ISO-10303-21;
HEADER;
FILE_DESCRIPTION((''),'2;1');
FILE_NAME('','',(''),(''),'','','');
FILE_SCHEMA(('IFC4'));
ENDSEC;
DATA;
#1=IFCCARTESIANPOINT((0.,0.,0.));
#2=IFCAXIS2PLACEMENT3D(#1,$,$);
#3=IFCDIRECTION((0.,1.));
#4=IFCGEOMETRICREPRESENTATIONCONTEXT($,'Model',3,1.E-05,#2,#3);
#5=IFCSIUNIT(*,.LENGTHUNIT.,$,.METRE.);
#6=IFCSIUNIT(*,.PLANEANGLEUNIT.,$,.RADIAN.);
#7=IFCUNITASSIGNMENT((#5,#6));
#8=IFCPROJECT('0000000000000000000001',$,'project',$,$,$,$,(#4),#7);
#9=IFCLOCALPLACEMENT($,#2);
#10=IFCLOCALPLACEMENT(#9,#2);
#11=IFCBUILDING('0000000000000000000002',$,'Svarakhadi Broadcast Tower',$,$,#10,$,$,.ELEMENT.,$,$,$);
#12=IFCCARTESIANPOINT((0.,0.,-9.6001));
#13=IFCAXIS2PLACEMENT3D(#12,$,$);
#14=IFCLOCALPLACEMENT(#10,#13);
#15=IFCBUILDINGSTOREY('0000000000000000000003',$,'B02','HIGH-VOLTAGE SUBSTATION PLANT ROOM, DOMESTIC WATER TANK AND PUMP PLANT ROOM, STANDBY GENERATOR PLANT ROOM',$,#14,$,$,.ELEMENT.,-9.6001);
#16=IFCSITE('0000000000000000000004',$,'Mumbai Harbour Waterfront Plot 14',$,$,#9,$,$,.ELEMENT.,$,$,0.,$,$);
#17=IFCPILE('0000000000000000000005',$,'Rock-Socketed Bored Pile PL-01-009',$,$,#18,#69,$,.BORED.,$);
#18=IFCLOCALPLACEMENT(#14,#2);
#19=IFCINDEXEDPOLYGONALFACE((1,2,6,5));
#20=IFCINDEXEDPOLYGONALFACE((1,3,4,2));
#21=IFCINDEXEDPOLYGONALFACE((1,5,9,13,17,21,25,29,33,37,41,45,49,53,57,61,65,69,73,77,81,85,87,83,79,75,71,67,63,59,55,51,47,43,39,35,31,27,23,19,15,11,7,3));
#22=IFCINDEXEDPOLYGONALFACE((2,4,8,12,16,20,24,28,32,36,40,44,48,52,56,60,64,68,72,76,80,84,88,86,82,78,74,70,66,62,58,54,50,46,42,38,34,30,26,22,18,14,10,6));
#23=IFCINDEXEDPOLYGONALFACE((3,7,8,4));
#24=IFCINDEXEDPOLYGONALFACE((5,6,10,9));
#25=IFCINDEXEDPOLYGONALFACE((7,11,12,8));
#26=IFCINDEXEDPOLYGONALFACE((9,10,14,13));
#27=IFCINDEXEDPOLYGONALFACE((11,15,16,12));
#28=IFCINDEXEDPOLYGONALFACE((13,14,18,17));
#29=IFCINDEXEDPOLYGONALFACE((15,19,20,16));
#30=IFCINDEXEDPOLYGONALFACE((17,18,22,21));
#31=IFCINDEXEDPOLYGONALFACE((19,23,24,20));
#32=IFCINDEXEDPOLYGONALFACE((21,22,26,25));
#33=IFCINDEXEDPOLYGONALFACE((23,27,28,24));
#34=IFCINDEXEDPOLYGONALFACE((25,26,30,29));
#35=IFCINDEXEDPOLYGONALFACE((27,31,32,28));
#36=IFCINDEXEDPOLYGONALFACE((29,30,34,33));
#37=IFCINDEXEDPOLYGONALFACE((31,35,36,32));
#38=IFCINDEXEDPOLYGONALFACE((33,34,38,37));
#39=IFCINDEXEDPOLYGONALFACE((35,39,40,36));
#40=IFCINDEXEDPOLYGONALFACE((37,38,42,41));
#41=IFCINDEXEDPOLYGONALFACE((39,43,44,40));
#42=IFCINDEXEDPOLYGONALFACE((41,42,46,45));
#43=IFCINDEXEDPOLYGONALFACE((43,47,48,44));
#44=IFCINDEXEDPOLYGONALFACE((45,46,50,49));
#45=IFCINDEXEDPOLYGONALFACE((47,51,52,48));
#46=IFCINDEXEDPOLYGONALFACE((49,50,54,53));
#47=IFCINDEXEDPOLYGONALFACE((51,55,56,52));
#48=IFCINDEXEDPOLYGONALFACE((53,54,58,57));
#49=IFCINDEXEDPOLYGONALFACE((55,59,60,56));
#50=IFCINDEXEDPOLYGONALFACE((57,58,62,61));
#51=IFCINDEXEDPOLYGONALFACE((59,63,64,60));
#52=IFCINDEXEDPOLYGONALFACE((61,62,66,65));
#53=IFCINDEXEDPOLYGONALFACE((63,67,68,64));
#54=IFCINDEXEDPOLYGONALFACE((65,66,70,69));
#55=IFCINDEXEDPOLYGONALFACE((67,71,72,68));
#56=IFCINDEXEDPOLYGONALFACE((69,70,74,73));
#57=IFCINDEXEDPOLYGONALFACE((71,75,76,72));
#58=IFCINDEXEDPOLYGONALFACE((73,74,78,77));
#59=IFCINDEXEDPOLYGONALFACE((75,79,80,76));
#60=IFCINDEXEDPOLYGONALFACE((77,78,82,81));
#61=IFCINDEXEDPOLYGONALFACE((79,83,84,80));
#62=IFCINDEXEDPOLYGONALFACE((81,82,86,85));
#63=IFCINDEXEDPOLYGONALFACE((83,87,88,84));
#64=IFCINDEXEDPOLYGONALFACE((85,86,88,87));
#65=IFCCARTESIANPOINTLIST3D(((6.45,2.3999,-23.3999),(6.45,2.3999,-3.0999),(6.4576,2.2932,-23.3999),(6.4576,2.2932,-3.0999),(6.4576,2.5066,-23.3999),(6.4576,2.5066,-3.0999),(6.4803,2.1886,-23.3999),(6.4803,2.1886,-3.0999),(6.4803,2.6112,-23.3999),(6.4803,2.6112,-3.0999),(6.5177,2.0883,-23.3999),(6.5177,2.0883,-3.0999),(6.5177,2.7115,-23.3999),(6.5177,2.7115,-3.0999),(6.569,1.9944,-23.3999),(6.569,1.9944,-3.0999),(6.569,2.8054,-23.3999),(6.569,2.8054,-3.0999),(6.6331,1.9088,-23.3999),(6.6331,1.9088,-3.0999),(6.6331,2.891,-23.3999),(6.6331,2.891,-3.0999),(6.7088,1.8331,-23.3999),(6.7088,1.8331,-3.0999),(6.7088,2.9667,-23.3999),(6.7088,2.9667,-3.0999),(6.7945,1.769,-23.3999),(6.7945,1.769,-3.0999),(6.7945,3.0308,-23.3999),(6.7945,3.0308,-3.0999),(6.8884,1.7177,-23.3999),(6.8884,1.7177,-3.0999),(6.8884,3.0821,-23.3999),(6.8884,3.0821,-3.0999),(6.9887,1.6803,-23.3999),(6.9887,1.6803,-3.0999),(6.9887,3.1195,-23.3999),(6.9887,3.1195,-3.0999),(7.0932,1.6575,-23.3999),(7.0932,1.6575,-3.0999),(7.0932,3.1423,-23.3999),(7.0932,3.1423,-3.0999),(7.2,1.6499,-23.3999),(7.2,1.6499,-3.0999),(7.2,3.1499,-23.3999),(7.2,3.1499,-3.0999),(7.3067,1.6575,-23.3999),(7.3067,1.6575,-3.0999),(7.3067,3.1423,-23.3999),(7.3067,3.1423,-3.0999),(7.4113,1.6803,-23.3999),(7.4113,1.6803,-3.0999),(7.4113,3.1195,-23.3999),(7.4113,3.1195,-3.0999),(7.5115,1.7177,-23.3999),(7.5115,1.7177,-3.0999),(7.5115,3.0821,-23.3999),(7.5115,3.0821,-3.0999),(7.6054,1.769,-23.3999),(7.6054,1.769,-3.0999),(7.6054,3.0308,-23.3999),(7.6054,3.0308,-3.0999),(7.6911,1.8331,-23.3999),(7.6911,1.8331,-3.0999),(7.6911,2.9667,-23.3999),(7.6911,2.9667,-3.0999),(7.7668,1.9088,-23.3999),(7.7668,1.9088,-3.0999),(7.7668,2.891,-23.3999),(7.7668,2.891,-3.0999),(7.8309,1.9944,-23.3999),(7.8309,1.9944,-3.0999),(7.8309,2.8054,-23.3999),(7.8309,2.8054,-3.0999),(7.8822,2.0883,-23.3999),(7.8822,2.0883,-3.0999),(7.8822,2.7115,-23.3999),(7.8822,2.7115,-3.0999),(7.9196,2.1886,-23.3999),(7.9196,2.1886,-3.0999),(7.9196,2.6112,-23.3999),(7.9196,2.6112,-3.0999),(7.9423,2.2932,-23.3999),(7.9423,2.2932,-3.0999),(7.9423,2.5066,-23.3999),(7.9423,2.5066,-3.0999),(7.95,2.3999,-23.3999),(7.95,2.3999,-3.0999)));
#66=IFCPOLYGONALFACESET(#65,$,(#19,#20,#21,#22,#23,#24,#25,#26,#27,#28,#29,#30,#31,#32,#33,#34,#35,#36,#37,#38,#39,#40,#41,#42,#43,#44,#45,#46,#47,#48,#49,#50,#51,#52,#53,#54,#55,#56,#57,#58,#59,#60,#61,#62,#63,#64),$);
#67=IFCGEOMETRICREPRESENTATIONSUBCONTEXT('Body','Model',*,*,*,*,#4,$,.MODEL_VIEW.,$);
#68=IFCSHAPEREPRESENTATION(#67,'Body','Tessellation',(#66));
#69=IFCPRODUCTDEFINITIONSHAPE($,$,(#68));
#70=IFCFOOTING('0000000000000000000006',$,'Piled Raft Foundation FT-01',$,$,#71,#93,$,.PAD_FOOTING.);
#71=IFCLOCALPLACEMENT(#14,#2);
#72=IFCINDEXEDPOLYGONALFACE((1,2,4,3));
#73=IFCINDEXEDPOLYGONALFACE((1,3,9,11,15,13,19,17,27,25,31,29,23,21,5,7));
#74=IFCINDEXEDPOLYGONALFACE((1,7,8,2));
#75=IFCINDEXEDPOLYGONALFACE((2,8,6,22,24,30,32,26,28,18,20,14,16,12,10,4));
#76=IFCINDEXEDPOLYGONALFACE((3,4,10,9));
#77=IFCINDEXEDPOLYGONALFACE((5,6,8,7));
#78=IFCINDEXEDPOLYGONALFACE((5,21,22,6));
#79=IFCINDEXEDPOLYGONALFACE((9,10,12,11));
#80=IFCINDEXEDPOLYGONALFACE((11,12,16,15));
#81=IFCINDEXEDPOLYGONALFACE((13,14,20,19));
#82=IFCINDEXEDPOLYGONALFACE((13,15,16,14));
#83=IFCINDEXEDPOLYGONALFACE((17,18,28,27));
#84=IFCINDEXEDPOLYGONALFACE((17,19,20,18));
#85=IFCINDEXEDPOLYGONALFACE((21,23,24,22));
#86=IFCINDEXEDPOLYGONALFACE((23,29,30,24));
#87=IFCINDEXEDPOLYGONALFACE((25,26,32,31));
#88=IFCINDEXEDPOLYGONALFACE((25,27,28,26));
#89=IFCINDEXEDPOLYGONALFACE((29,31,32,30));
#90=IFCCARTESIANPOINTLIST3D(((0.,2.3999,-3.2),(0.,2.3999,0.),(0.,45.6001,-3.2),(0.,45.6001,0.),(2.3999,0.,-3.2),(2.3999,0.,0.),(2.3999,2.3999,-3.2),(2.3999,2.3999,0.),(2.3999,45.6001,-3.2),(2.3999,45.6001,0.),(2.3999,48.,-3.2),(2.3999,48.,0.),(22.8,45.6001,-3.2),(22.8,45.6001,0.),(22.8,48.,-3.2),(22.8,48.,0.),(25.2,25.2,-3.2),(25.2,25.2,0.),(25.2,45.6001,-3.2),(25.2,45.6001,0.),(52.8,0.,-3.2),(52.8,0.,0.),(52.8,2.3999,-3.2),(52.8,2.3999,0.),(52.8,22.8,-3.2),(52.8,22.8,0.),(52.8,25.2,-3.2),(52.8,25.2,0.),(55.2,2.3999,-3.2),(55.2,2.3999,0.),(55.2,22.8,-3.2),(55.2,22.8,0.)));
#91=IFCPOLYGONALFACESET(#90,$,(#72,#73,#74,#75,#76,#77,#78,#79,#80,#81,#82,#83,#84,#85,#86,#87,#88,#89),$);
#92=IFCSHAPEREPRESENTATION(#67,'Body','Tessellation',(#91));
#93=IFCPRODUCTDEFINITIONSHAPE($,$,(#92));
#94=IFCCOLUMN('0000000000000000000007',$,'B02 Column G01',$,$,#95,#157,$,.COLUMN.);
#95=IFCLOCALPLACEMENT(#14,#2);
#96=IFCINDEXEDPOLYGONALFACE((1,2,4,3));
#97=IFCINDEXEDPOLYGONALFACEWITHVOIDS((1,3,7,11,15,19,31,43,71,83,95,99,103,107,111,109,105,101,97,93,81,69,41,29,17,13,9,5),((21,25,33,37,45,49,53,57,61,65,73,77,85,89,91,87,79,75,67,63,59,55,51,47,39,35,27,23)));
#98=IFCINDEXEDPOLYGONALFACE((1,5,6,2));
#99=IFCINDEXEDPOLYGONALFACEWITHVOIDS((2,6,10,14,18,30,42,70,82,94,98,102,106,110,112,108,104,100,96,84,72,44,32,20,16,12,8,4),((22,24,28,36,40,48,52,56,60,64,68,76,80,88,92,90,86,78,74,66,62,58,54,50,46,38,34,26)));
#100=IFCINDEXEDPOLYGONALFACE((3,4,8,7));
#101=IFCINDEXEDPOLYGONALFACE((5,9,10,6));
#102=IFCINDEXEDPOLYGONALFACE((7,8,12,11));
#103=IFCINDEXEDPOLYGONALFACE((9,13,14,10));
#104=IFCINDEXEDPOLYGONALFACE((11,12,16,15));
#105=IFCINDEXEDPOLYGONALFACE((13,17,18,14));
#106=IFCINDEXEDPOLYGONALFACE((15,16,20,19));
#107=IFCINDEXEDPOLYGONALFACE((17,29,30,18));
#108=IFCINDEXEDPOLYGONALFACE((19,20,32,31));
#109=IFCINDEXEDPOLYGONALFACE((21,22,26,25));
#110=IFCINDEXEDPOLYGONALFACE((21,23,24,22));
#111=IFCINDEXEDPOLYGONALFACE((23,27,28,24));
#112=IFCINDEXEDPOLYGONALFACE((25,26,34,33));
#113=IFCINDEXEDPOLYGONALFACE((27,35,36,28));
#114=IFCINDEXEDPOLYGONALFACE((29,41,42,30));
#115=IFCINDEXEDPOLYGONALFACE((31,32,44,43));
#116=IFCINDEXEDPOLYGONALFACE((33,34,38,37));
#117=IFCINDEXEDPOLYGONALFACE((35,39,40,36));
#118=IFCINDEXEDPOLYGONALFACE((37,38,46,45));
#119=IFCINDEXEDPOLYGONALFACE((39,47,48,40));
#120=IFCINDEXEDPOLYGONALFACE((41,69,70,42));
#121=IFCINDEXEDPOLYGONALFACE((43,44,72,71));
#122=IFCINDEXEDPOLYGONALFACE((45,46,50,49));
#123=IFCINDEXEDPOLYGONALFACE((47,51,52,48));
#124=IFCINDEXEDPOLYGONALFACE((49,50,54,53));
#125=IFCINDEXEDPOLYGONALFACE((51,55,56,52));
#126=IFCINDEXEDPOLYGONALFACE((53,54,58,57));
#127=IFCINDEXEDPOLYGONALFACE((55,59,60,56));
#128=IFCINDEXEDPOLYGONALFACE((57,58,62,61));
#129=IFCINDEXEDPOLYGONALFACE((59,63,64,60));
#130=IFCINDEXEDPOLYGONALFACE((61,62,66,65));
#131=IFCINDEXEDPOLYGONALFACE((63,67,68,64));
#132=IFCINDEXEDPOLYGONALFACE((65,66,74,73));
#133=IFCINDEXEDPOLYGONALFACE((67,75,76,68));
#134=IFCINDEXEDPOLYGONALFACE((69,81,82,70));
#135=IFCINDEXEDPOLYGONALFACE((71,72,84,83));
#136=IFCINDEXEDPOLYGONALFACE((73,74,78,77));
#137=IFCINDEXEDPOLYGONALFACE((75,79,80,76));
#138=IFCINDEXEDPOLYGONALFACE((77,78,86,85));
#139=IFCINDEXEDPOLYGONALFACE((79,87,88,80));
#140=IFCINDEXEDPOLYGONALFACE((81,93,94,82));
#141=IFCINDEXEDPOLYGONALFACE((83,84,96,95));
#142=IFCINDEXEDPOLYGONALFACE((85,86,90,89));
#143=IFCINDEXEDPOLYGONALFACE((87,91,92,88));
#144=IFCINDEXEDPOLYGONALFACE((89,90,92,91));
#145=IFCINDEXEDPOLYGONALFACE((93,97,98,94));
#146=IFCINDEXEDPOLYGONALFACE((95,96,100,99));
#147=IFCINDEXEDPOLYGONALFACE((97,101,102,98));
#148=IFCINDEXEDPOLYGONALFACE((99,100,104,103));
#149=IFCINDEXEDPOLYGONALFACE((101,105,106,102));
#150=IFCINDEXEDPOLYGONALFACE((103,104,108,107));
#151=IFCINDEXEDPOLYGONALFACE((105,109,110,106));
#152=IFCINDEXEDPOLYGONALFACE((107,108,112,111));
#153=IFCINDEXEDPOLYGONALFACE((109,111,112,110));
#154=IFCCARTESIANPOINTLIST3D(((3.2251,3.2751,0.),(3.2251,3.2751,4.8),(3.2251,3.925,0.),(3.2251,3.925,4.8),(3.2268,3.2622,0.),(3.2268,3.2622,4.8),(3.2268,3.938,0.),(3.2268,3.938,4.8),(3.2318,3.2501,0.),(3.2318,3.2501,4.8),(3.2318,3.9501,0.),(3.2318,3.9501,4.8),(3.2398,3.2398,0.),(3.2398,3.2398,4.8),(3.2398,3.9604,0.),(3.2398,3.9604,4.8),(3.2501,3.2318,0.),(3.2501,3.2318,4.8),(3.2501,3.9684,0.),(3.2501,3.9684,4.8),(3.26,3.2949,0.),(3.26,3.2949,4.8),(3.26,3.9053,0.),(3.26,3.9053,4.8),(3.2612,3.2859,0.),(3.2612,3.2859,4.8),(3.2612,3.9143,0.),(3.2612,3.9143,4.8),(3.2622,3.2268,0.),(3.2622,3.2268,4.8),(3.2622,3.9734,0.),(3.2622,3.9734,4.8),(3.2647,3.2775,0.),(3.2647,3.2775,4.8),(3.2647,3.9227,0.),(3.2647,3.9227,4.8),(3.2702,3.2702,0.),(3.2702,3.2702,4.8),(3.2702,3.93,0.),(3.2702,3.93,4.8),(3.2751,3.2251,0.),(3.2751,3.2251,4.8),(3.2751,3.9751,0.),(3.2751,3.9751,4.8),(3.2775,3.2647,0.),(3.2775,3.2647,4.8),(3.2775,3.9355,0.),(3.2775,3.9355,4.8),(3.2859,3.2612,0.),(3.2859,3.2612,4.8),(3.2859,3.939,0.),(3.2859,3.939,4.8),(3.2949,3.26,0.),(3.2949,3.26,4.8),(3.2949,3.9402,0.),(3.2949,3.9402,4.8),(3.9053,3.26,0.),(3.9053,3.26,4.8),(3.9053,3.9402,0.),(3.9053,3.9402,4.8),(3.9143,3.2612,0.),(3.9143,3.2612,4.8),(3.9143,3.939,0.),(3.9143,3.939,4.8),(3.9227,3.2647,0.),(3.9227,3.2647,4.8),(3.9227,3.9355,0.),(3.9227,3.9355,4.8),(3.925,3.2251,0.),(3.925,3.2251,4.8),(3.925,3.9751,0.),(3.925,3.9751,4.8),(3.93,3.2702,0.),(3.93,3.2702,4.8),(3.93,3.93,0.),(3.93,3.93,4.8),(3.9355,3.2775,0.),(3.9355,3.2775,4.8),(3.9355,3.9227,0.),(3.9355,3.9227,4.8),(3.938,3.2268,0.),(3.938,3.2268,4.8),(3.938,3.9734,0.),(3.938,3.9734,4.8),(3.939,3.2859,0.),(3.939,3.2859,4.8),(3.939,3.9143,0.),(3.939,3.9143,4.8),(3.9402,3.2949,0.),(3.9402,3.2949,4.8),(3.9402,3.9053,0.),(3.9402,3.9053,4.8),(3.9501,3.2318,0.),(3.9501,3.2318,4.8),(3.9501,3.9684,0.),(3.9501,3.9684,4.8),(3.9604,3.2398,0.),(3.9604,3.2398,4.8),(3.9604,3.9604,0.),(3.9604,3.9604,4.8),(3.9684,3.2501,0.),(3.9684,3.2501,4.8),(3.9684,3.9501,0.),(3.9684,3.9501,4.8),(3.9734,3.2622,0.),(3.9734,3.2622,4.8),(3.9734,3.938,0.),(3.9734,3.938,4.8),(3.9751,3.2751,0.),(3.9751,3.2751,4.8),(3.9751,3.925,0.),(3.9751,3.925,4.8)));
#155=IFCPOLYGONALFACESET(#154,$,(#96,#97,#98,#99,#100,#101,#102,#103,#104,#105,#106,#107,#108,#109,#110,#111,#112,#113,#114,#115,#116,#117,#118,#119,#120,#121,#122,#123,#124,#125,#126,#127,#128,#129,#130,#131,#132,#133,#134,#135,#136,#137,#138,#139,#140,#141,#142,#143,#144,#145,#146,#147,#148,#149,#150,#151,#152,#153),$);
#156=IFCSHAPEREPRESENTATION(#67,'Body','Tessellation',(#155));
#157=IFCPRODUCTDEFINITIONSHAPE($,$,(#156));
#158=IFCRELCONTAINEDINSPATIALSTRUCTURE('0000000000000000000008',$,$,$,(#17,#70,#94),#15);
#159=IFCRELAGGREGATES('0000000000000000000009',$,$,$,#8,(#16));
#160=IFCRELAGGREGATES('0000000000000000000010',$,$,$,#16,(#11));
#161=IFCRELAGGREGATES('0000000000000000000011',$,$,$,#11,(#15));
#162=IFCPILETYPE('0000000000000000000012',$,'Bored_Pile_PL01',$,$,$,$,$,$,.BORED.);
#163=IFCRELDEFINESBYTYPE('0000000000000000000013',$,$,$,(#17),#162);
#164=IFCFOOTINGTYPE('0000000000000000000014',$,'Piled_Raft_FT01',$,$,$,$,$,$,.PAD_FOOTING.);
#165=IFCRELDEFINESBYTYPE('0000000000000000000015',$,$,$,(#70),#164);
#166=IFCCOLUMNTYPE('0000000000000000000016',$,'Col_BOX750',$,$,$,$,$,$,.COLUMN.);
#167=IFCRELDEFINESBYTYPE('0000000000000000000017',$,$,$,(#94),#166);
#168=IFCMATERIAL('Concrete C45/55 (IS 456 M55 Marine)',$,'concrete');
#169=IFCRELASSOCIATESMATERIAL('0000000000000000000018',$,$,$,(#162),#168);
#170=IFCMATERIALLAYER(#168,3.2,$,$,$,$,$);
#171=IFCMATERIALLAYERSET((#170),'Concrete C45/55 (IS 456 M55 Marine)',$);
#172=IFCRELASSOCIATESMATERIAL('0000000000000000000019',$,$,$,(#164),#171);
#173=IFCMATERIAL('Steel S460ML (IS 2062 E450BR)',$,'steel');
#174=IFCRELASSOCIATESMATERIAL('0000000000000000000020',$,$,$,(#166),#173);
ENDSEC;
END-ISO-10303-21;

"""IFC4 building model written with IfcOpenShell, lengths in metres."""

from ifc_helpers import new_model, si_unit, direction, frame, origin, origin_2d, place, context, subcontext, project, spatial, polyline, hollow_rectangle, circle, outline, extrude, material, layer, layer_set, material_profile, profile_set, type_object, element, save


model = new_model("IFC4")

# Units and contexts
model_context = context("Model", 3, precision=1e-05, world=origin(), true_north=direction((0.0, 1.0)))
body_context = subcontext(model_context, "Body", "Model", "MODEL_VIEW")
ifc_project = project(units=[si_unit("LENGTHUNIT", "METRE"), si_unit("PLANEANGLEUNIT", "RADIAN")], contexts=[model_context])

# Site, building, storey
site_placement = place(None, origin())
site = spatial("IfcSite", under=ifc_project, at=site_placement, Name="Mumbai Harbour Waterfront Plot 14", CompositionType="ELEMENT", RefElevation=0.0)
building_placement = place(site_placement, origin())
building = spatial("IfcBuilding", under=site, at=building_placement, Name="Svarakhadi Broadcast Tower", CompositionType="ELEMENT")
storey_placement = place(building_placement, frame((0.0, 0.0, -9.6001)))
storey = spatial("IfcBuildingStorey", under=building, at=storey_placement, Name="B02", Description="HIGH-VOLTAGE SUBSTATION PLANT ROOM, DOMESTIC WATER TANK AND PUMP PLANT ROOM, STANDBY GENERATOR PLANT ROOM", CompositionType="ELEMENT", Elevation=-9.6001)

# Pile
ifc_material_1 = material(Name="Concrete C45/55 (IS 456 M55 Marine)", Category="concrete")
ifc_material_profile_1 = material_profile(ifc_material_1, circle(Radius=0.75, at=origin_2d()), Name="PILE D1500")
ifc_profile_set_1 = profile_set([ifc_material_profile_1], Name="Concrete C45/55 (IS 456 M55 Marine)")
pile_type = type_object("IfcPileType", Name="Bored_Pile_PL01", PredefinedType="BORED", material=ifc_profile_set_1)
pile_placement = place(storey_placement, frame((7.2, 2.3999, -3.0999), z_axis=(0.0, 0.0, -1.0), x_axis=(1.0, 0.0, 0.0)))
element("IfcPile", 1, at=pile_placement, inside=storey, type_object=pile_type, Name="Rock-Socketed Bored Pile PL-01-009", PredefinedType="BORED", context=body_context, shape_type="SweptSolid", body=[
    extrude(circle(Radius=0.75, at=origin_2d()), origin(), (0.0, 0.0, 1.0), 20.3),
])

# Footing
ifc_layer_1 = layer(ifc_material_1, 3.2)
ifc_layer_set_1 = layer_set([ifc_layer_1], Name="Concrete C45/55 (IS 456 M55 Marine)")
footing_type = type_object("IfcFootingType", Name="Piled_Raft_FT01", PredefinedType="PAD_FOOTING", material=ifc_layer_set_1)
footing_placement = place(storey_placement, frame((0.0, 0.0, -3.2)))
element("IfcFooting", 2, at=footing_placement, inside=storey, type_object=footing_type, Name="Piled Raft Foundation FT-01", PredefinedType="PAD_FOOTING", context=body_context, shape_type="SweptSolid", body=[
    extrude(outline(polyline([(2.3999, 0.0), (52.8, 0.0), (52.8, 2.3999), (55.2, 2.3999), (55.2, 22.8), (52.8, 22.8), (52.8, 25.2), (25.2, 25.2), (25.2, 45.6001), (22.8, 45.6001), (22.8, 48.0), (2.3999, 48.0), (2.3999, 45.6001), (0.0, 45.6001), (0.0, 2.3999), (2.3999, 2.3999), (2.3999, 0.0)])), origin(), (0.0, 0.0, 1.0), 3.2),
])

# Column
ifc_material_2 = material(Name="Steel S460ML (IS 2062 E450BR)", Category="steel")
ifc_material_profile_2 = material_profile(ifc_material_2, hollow_rectangle(XDim=0.75, YDim=0.75, WallThickness=0.0349, InnerFilletRadius=0.0349, OuterFilletRadius=0.05, at=origin_2d()), Name="BOX 750x750x35")
ifc_profile_set_2 = profile_set([ifc_material_profile_2], Name="Steel S460ML (IS 2062 E450BR)")
column_type_1 = type_object("IfcColumnType", Name="Col_BOX750", PredefinedType="COLUMN", material=ifc_profile_set_2)
for number, where, z_axis, x_axis, name in (
    (3, (3.6001, 3.6001, 0.0), (0.0, 0.0, 1.0), (1.0, 0.0, 0.0), "B02 Column G01"),
):
    element("IfcColumn", number, at=place(storey_placement, frame(where, z_axis=z_axis, x_axis=x_axis)), inside=storey, type_object=column_type_1, Name=name, PredefinedType="COLUMN", context=body_context, shape_type="SweptSolid", body=[
        extrude(hollow_rectangle(XDim=0.75, YDim=0.75, WallThickness=0.0349, InnerFilletRadius=0.0349, OuterFilletRadius=0.05, at=origin_2d()), origin(), (0.0, 0.0, 1.0), 4.8),
    ])

save(model, "model.ifc")
